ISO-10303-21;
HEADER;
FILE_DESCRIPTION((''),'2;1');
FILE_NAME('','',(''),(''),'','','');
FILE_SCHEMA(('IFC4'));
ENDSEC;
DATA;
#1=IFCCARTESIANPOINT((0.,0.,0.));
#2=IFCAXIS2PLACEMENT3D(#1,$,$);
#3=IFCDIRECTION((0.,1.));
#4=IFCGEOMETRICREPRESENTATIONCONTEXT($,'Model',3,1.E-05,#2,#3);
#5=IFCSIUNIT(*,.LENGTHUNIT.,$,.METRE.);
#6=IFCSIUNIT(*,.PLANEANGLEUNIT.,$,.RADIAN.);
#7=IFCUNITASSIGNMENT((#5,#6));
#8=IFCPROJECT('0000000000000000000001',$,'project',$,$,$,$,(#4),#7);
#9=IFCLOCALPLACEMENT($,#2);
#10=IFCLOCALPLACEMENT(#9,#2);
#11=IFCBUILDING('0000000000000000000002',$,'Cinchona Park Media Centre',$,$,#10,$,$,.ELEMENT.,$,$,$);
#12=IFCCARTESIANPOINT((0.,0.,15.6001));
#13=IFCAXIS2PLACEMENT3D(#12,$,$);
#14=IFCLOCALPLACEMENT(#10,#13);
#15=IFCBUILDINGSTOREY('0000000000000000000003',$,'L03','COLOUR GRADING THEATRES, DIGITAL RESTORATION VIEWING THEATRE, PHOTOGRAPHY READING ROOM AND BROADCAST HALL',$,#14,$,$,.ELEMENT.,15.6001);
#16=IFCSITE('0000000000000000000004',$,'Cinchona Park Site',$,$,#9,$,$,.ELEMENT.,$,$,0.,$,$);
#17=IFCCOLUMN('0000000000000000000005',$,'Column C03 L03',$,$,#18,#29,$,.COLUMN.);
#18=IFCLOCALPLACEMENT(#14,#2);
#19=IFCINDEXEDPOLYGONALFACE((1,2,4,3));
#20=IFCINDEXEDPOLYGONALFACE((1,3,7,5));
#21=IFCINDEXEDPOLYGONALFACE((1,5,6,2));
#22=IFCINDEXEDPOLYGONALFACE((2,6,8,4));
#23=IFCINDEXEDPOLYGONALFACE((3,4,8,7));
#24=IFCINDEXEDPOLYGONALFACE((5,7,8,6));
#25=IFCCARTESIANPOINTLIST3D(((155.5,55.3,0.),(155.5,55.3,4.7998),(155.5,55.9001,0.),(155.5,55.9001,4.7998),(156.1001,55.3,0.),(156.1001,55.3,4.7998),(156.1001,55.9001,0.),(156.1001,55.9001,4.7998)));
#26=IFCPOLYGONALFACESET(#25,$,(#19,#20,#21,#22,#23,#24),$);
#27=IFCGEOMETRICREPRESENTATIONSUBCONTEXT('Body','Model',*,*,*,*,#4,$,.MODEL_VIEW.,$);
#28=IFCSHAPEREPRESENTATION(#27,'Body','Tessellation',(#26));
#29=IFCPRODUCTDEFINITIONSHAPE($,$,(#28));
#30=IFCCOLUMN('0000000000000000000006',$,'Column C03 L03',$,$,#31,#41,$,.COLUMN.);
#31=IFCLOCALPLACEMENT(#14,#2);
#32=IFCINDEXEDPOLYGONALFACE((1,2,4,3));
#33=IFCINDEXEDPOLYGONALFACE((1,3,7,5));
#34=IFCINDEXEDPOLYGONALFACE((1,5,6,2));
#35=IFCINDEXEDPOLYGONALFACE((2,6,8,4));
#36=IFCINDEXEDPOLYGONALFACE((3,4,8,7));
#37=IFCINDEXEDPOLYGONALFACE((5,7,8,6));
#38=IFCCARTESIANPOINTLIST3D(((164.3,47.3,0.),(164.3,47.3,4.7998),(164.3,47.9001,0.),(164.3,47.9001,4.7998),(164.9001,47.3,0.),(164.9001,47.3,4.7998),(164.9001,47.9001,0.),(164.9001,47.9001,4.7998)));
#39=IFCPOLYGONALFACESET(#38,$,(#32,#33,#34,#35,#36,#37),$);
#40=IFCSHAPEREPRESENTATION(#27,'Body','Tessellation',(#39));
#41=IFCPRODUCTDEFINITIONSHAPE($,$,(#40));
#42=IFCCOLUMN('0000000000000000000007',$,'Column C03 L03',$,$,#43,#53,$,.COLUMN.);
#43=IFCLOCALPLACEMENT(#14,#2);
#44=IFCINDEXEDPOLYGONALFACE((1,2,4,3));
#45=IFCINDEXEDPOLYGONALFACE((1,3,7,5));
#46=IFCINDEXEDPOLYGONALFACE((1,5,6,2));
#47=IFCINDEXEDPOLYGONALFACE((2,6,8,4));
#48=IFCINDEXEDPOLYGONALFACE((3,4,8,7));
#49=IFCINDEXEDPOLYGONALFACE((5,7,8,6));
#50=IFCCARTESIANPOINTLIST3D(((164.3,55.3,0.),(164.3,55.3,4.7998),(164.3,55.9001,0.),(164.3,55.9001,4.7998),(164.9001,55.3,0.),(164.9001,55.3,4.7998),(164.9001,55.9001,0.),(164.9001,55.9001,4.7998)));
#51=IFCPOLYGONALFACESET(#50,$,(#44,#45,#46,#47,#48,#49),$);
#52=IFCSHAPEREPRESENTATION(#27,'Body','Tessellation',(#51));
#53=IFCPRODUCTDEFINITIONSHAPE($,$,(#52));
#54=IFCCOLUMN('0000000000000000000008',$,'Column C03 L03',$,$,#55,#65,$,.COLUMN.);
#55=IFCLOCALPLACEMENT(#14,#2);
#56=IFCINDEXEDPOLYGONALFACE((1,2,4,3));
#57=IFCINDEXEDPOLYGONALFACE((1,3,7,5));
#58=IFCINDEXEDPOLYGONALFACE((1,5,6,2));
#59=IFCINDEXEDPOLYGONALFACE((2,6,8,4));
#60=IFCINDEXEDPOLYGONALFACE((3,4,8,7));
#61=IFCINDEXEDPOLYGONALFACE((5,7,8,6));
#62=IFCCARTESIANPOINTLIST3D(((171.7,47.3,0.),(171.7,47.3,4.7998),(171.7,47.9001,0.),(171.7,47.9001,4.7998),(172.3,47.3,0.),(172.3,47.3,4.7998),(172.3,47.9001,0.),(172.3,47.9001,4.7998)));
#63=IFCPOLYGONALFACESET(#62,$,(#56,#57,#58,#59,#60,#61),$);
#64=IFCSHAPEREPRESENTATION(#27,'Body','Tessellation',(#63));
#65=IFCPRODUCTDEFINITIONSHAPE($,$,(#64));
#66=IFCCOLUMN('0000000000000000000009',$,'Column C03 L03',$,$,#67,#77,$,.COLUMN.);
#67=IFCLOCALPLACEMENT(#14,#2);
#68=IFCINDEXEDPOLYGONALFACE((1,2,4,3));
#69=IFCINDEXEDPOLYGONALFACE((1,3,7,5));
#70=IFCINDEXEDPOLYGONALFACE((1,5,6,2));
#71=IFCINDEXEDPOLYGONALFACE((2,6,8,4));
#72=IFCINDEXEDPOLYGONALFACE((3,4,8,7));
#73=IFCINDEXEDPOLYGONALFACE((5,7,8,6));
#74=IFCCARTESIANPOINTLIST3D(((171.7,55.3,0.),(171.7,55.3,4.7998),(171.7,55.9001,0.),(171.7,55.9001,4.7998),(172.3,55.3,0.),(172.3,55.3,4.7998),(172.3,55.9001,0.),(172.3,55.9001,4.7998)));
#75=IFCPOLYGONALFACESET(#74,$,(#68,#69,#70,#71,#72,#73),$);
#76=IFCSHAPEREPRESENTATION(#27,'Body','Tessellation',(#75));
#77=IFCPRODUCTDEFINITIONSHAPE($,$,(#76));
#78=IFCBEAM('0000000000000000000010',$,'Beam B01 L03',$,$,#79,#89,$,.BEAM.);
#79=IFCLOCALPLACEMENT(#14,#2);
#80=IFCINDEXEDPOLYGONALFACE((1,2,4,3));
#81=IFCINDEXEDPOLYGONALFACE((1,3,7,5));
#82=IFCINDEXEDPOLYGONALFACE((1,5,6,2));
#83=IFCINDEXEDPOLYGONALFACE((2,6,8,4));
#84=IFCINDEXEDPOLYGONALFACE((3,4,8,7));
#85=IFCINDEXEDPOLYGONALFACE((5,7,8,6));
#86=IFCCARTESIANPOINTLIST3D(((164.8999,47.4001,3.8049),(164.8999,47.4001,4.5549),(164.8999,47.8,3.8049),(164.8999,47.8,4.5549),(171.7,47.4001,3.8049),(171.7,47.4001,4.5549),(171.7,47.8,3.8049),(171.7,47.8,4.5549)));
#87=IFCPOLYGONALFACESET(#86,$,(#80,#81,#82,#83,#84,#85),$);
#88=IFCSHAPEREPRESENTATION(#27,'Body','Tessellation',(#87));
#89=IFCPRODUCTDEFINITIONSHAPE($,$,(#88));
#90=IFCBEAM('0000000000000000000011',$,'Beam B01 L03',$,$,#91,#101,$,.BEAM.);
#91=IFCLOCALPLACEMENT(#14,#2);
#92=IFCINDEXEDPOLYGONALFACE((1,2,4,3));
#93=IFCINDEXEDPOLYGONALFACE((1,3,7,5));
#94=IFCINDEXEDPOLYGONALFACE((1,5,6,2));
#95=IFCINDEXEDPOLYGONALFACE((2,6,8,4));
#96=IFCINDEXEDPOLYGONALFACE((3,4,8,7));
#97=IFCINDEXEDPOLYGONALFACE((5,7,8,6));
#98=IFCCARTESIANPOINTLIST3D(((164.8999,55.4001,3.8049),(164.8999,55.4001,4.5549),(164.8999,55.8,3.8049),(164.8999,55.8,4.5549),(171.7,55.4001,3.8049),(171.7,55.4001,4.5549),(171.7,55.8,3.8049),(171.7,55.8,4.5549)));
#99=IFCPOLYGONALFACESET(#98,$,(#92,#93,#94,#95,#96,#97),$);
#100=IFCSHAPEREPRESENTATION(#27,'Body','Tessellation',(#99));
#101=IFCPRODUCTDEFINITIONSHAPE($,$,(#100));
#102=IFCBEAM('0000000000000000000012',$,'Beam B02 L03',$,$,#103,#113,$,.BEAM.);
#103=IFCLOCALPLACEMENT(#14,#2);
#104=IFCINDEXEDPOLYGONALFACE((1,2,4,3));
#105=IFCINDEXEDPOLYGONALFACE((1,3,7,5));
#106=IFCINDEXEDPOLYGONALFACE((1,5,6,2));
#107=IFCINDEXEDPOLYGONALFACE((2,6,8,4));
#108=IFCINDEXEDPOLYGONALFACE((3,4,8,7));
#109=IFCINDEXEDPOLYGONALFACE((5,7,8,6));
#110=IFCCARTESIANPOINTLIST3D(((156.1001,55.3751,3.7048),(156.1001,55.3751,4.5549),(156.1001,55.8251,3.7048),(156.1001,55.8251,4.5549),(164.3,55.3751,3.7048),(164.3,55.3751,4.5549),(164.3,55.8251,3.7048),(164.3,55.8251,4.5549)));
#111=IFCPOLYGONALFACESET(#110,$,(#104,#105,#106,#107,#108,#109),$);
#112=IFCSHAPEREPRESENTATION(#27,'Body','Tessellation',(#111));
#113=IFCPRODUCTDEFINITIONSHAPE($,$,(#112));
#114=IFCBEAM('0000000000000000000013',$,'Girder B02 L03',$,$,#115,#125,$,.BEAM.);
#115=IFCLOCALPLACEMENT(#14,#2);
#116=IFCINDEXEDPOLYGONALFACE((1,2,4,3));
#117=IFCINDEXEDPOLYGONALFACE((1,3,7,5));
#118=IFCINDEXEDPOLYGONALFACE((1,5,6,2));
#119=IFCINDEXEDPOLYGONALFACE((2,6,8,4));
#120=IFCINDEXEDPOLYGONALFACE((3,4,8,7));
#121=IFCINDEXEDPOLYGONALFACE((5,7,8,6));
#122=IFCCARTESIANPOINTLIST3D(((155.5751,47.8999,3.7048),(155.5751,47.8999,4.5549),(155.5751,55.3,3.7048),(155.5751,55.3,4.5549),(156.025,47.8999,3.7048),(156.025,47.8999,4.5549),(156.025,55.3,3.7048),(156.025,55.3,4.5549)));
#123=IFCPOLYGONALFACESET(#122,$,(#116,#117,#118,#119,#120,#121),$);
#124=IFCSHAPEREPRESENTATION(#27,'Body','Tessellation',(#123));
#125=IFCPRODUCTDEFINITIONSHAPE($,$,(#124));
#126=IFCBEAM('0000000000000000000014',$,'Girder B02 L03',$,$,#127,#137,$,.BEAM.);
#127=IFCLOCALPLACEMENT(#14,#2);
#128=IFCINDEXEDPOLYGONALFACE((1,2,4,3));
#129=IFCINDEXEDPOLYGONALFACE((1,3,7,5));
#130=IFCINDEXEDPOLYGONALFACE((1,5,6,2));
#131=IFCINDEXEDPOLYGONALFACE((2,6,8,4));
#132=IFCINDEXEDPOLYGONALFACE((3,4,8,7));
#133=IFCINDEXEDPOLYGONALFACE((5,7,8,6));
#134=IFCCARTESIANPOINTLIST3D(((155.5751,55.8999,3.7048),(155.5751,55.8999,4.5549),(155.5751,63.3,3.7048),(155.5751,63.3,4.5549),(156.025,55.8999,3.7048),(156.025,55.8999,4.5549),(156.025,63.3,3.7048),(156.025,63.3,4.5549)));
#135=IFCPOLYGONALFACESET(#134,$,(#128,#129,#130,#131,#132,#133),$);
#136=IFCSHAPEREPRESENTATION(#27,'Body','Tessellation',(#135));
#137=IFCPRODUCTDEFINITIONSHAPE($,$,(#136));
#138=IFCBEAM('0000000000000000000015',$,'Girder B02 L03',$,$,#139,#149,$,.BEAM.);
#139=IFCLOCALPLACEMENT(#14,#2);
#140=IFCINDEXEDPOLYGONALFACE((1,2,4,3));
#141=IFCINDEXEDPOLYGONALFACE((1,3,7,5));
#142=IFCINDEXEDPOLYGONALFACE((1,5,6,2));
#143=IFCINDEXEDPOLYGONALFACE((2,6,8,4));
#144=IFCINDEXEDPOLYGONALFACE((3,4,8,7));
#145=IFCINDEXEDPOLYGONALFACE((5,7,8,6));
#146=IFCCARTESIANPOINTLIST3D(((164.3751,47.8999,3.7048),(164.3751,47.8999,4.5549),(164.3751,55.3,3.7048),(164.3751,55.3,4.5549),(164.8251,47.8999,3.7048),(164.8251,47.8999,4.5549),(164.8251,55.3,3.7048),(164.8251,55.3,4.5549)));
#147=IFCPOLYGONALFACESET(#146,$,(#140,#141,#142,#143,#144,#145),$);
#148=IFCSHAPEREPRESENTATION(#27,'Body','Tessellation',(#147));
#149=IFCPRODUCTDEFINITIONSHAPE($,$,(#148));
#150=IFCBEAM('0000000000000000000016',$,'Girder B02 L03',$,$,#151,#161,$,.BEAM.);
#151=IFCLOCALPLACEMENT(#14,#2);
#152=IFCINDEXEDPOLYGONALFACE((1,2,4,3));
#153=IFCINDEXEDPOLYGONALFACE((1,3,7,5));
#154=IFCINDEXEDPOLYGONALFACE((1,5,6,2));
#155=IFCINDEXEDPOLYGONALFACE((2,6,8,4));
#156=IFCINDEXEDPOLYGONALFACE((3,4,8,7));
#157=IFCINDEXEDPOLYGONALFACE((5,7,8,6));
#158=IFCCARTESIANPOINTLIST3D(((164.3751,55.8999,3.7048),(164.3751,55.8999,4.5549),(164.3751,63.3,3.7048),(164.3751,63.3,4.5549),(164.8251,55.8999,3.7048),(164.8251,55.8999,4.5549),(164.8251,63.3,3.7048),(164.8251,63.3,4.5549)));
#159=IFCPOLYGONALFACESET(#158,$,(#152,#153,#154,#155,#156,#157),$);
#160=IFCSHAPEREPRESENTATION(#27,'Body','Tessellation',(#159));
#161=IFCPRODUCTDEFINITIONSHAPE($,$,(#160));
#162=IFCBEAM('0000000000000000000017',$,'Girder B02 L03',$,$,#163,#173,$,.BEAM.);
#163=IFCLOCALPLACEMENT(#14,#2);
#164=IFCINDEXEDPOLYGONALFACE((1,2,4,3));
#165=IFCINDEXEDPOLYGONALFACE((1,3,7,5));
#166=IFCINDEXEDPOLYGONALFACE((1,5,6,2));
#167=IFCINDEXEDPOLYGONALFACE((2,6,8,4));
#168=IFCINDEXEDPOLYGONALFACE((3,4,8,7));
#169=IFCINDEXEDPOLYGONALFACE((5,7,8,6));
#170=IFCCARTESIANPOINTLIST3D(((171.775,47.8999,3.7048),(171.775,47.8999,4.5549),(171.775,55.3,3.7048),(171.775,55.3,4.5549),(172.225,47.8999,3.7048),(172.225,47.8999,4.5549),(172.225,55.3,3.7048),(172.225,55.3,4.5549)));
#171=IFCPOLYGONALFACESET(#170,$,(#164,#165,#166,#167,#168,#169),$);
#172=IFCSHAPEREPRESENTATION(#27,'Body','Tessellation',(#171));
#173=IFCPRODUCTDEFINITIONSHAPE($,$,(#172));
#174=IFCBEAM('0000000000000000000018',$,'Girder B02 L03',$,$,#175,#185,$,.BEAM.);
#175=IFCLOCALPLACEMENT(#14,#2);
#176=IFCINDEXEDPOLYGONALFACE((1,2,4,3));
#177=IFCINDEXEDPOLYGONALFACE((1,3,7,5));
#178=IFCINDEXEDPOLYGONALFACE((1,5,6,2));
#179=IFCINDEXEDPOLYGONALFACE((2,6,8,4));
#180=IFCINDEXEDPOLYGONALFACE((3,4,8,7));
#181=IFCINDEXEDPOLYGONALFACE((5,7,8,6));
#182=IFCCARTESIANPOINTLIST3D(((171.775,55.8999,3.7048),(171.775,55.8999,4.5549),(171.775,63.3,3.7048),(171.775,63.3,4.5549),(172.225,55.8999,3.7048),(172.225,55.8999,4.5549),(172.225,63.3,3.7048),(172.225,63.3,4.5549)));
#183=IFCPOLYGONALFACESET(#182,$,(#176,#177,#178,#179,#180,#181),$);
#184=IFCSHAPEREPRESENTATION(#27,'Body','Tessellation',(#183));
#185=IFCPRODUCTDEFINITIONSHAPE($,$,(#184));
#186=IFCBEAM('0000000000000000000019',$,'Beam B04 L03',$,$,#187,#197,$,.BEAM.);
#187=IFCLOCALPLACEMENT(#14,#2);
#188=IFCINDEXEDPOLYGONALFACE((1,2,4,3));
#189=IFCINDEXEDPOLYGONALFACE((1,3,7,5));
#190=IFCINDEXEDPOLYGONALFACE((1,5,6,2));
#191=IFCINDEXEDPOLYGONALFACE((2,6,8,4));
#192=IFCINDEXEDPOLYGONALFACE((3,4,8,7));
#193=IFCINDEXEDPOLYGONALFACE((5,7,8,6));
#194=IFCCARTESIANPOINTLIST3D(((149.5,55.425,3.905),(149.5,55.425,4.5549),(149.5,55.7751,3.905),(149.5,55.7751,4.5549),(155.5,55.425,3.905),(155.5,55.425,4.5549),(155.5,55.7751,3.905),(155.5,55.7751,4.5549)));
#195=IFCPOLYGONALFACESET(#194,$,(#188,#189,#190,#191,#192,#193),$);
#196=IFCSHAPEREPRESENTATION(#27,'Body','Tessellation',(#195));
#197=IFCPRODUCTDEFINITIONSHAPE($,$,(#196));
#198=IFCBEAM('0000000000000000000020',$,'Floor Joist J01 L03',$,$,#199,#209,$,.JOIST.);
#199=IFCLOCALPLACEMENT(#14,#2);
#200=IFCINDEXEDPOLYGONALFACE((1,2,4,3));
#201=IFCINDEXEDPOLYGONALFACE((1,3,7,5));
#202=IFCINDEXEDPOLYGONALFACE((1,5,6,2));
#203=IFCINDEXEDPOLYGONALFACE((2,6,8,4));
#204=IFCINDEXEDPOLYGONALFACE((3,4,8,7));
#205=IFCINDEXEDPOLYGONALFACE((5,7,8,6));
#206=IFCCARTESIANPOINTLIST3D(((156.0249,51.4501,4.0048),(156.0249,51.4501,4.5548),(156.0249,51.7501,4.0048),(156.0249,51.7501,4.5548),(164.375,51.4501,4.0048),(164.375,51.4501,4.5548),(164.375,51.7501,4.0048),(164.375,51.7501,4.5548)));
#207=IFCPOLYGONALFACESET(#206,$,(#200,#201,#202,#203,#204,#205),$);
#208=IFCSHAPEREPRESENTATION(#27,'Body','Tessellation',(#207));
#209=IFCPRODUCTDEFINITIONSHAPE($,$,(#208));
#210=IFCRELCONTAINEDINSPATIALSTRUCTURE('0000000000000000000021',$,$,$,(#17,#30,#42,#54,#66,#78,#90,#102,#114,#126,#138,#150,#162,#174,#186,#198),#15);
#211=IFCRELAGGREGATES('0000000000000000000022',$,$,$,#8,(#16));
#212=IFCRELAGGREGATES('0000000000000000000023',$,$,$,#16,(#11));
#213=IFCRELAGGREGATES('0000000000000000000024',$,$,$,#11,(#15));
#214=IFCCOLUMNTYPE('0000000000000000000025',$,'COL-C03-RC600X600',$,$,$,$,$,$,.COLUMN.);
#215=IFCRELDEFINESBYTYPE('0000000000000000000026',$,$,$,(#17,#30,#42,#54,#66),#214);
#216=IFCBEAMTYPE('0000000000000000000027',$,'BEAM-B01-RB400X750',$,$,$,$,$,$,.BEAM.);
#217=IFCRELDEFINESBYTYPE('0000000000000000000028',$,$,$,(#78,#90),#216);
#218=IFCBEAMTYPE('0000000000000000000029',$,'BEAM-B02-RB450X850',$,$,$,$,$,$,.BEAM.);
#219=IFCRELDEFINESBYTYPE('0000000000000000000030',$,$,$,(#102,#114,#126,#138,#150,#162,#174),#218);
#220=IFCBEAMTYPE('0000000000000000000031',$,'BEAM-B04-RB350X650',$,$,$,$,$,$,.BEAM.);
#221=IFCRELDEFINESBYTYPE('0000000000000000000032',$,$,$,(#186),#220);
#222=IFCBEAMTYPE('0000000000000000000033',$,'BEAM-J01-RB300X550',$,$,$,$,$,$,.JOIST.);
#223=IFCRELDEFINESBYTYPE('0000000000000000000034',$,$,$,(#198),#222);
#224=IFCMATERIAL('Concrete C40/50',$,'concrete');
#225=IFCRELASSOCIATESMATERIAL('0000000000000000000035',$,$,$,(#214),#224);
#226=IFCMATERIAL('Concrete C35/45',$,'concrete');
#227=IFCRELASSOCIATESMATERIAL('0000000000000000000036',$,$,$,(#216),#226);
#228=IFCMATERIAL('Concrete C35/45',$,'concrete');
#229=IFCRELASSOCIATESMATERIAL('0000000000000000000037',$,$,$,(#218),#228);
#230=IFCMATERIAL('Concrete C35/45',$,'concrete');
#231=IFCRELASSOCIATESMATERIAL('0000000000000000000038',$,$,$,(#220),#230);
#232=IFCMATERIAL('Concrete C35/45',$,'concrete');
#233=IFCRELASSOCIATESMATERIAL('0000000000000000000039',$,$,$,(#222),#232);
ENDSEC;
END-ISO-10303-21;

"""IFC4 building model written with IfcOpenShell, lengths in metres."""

from ifc_helpers import new_model, si_unit, direction, frame, origin, origin_2d, place, context, subcontext, project, spatial, rectangle, extrude, material, material_profile, profile_set, type_object, element, save


model = new_model("IFC4")

# Units and contexts
model_context = context("Model", 3, precision=1e-05, world=origin(), true_north=direction((0.0, 1.0)))
body_context = subcontext(model_context, "Body", "Model", "MODEL_VIEW")
ifc_project = project(units=[si_unit("LENGTHUNIT", "METRE"), si_unit("PLANEANGLEUNIT", "RADIAN")], contexts=[model_context])

# Site, building, storey
site_placement = place(None, origin())
site = spatial("IfcSite", under=ifc_project, at=site_placement, Name="Cinchona Park Site", CompositionType="ELEMENT", RefElevation=0.0)
building_placement = place(site_placement, origin())
building = spatial("IfcBuilding", under=site, at=building_placement, Name="Cinchona Park Media Centre", CompositionType="ELEMENT")
storey_placement = place(building_placement, frame((0.0, 0.0, 15.6001)))
storey = spatial("IfcBuildingStorey", under=building, at=storey_placement, Name="L03", Description="COLOUR GRADING THEATRES, DIGITAL RESTORATION VIEWING THEATRE, PHOTOGRAPHY READING ROOM AND BROADCAST HALL", CompositionType="ELEMENT", Elevation=15.6001)

# Columns
ifc_material_1 = material(Name="Concrete C40/50", Category="concrete")
ifc_material_profile_1 = material_profile(ifc_material_1, rectangle(XDim=0.6001, YDim=0.6001, at=origin_2d()), Name="RC 600X600")
ifc_profile_set_1 = profile_set([ifc_material_profile_1], Name="Concrete C40/50")
column_type = type_object("IfcColumnType", Name="COL-C03-RC600X600", PredefinedType="COLUMN", material=ifc_profile_set_1)
for number, where, z_axis, x_axis, name in (
    (1, (155.8, 55.6001, 0.0), (0.0, 0.0, 1.0), (1.0, 0.0, 0.0), "Column C03 L03"),
    (2, (164.6001, 47.6001, 0.0), (0.0, 0.0, 1.0), (1.0, 0.0, 0.0), "Column C03 L03"),
    (3, (164.6001, 55.6001, 0.0), (0.0, 0.0, 1.0), (1.0, 0.0, 0.0), "Column C03 L03"),
    (4, (172.0, 47.6001, 0.0), (0.0, 0.0, 1.0), (1.0, 0.0, 0.0), "Column C03 L03"),
    (5, (172.0, 55.6001, 0.0), (0.0, 0.0, 1.0), (1.0, 0.0, 0.0), "Column C03 L03"),
):
    element("IfcColumn", number, at=place(storey_placement, frame(where, z_axis=z_axis, x_axis=x_axis)), inside=storey, type_object=column_type, Name=name, PredefinedType="COLUMN", context=body_context, shape_type="SweptSolid", body=[
        extrude(rectangle(XDim=0.6001, YDim=0.6001, at=origin_2d()), origin(), (0.0, 0.0, 1.0), 4.7998),
    ])

# Beams
ifc_material_2 = material(Name="Concrete C35/45", Category="concrete")
ifc_material_profile_2 = material_profile(ifc_material_2, rectangle(XDim=0.3999, YDim=0.75, at=origin_2d()), Name="RB 400X750")
ifc_profile_set_2 = profile_set([ifc_material_profile_2], Name="Concrete C35/45")
beam_type_1 = type_object("IfcBeamType", Name="BEAM-B01-RB400X750", PredefinedType="BEAM", material=ifc_profile_set_2)
for number, where, z_axis, x_axis, name in (
    (6, (164.8999, 47.6001, 4.1799), (1.0, 0.0, 0.0), (0.0, 1.0, 0.0), "Beam B01 L03"),
    (7, (164.8999, 55.6001, 4.1799), (1.0, 0.0, 0.0), (0.0, 1.0, 0.0), "Beam B01 L03"),
):
    element("IfcBeam", number, at=place(storey_placement, frame(where, z_axis=z_axis, x_axis=x_axis)), inside=storey, type_object=beam_type_1, Name=name, PredefinedType="BEAM", context=body_context, shape_type="SweptSolid", body=[
        extrude(rectangle(XDim=0.3999, YDim=0.75, at=origin_2d()), origin(), (0.0, 0.0, 1.0), 6.8),
    ])
ifc_material_3 = material(Name="Concrete C35/45", Category="concrete")
ifc_material_profile_3 = material_profile(ifc_material_3, rectangle(XDim=0.45, YDim=0.8501, at=origin_2d()), Name="RB 450X850")
ifc_profile_set_3 = profile_set([ifc_material_profile_3], Name="Concrete C35/45")
beam_type_2 = type_object("IfcBeamType", Name="BEAM-B02-RB450X850", PredefinedType="BEAM", material=ifc_profile_set_3)
beam_1_placement = place(storey_placement, frame((156.1001, 55.6001, 4.1299), z_axis=(1.0, 0.0, 0.0), x_axis=(0.0, 1.0, 0.0)))
element("IfcBeam", 8, at=beam_1_placement, inside=storey, type_object=beam_type_2, Name="Beam B02 L03", PredefinedType="BEAM", context=body_context, shape_type="SweptSolid", body=[
    extrude(rectangle(XDim=0.45, YDim=0.8501, at=origin_2d()), origin(), (0.0, 0.0, 1.0), 8.2),
])
for number, where, z_axis, x_axis, name in (
    (9, (155.8, 47.8999, 4.1299), (0.0, 1.0, 0.0), (-1.0, 0.0, 0.0), "Girder B02 L03"),
    (10, (155.8, 55.8999, 4.1299), (0.0, 1.0, 0.0), (-1.0, 0.0, 0.0), "Girder B02 L03"),
    (11, (164.6001, 47.8999, 4.1299), (0.0, 1.0, 0.0), (-1.0, 0.0, 0.0), "Girder B02 L03"),
    (12, (164.6001, 55.8999, 4.1299), (0.0, 1.0, 0.0), (-1.0, 0.0, 0.0), "Girder B02 L03"),
    (13, (172.0, 47.8999, 4.1299), (0.0, 1.0, 0.0), (-1.0, 0.0, 0.0), "Girder B02 L03"),
    (14, (172.0, 55.8999, 4.1299), (0.0, 1.0, 0.0), (-1.0, 0.0, 0.0), "Girder B02 L03"),
):
    element("IfcBeam", number, at=place(storey_placement, frame(where, z_axis=z_axis, x_axis=x_axis)), inside=storey, type_object=beam_type_2, Name=name, PredefinedType="BEAM", context=body_context, shape_type="SweptSolid", body=[
        extrude(rectangle(XDim=0.45, YDim=0.8501, at=origin_2d()), origin(), (0.0, 0.0, 1.0), 7.4001),
    ])
ifc_material_4 = material(Name="Concrete C35/45", Category="concrete")
ifc_material_profile_4 = material_profile(ifc_material_4, rectangle(XDim=0.3501, YDim=0.6499, at=origin_2d()), Name="RB 350X650")
ifc_profile_set_4 = profile_set([ifc_material_profile_4], Name="Concrete C35/45")
beam_type_3 = type_object("IfcBeamType", Name="BEAM-B04-RB350X650", PredefinedType="BEAM", material=ifc_profile_set_4)
beam_2_placement = place(storey_placement, frame((149.5, 55.6001, 4.23), z_axis=(1.0, 0.0, 0.0), x_axis=(0.0, 1.0, 0.0)))
element("IfcBeam", 15, at=beam_2_placement, inside=storey, type_object=beam_type_3, Name="Beam B04 L03", PredefinedType="BEAM", context=body_context, shape_type="SweptSolid", body=[
    extrude(rectangle(XDim=0.3501, YDim=0.6499, at=origin_2d()), origin(), (0.0, 0.0, 1.0), 6.0),
])
ifc_material_5 = material(Name="Concrete C35/45", Category="concrete")
ifc_material_profile_5 = material_profile(ifc_material_5, rectangle(XDim=0.3, YDim=0.55, at=origin_2d()), Name="RB 300X550")
ifc_profile_set_5 = profile_set([ifc_material_profile_5], Name="Concrete C35/45")
beam_type_4 = type_object("IfcBeamType", Name="BEAM-J01-RB300X550", PredefinedType="JOIST", material=ifc_profile_set_5)
beam_3_placement = place(storey_placement, frame((156.0249, 51.6001, 4.2798), z_axis=(1.0, 0.0, 0.0), x_axis=(0.0, 1.0, 0.0)))
element("IfcBeam", 16, at=beam_3_placement, inside=storey, type_object=beam_type_4, Name="Floor Joist J01 L03", PredefinedType="JOIST", context=body_context, shape_type="SweptSolid", body=[
    extrude(rectangle(XDim=0.3, YDim=0.55, at=origin_2d()), origin(), (0.0, 0.0, 1.0), 8.3501),
])

save(model, "model.ifc")
